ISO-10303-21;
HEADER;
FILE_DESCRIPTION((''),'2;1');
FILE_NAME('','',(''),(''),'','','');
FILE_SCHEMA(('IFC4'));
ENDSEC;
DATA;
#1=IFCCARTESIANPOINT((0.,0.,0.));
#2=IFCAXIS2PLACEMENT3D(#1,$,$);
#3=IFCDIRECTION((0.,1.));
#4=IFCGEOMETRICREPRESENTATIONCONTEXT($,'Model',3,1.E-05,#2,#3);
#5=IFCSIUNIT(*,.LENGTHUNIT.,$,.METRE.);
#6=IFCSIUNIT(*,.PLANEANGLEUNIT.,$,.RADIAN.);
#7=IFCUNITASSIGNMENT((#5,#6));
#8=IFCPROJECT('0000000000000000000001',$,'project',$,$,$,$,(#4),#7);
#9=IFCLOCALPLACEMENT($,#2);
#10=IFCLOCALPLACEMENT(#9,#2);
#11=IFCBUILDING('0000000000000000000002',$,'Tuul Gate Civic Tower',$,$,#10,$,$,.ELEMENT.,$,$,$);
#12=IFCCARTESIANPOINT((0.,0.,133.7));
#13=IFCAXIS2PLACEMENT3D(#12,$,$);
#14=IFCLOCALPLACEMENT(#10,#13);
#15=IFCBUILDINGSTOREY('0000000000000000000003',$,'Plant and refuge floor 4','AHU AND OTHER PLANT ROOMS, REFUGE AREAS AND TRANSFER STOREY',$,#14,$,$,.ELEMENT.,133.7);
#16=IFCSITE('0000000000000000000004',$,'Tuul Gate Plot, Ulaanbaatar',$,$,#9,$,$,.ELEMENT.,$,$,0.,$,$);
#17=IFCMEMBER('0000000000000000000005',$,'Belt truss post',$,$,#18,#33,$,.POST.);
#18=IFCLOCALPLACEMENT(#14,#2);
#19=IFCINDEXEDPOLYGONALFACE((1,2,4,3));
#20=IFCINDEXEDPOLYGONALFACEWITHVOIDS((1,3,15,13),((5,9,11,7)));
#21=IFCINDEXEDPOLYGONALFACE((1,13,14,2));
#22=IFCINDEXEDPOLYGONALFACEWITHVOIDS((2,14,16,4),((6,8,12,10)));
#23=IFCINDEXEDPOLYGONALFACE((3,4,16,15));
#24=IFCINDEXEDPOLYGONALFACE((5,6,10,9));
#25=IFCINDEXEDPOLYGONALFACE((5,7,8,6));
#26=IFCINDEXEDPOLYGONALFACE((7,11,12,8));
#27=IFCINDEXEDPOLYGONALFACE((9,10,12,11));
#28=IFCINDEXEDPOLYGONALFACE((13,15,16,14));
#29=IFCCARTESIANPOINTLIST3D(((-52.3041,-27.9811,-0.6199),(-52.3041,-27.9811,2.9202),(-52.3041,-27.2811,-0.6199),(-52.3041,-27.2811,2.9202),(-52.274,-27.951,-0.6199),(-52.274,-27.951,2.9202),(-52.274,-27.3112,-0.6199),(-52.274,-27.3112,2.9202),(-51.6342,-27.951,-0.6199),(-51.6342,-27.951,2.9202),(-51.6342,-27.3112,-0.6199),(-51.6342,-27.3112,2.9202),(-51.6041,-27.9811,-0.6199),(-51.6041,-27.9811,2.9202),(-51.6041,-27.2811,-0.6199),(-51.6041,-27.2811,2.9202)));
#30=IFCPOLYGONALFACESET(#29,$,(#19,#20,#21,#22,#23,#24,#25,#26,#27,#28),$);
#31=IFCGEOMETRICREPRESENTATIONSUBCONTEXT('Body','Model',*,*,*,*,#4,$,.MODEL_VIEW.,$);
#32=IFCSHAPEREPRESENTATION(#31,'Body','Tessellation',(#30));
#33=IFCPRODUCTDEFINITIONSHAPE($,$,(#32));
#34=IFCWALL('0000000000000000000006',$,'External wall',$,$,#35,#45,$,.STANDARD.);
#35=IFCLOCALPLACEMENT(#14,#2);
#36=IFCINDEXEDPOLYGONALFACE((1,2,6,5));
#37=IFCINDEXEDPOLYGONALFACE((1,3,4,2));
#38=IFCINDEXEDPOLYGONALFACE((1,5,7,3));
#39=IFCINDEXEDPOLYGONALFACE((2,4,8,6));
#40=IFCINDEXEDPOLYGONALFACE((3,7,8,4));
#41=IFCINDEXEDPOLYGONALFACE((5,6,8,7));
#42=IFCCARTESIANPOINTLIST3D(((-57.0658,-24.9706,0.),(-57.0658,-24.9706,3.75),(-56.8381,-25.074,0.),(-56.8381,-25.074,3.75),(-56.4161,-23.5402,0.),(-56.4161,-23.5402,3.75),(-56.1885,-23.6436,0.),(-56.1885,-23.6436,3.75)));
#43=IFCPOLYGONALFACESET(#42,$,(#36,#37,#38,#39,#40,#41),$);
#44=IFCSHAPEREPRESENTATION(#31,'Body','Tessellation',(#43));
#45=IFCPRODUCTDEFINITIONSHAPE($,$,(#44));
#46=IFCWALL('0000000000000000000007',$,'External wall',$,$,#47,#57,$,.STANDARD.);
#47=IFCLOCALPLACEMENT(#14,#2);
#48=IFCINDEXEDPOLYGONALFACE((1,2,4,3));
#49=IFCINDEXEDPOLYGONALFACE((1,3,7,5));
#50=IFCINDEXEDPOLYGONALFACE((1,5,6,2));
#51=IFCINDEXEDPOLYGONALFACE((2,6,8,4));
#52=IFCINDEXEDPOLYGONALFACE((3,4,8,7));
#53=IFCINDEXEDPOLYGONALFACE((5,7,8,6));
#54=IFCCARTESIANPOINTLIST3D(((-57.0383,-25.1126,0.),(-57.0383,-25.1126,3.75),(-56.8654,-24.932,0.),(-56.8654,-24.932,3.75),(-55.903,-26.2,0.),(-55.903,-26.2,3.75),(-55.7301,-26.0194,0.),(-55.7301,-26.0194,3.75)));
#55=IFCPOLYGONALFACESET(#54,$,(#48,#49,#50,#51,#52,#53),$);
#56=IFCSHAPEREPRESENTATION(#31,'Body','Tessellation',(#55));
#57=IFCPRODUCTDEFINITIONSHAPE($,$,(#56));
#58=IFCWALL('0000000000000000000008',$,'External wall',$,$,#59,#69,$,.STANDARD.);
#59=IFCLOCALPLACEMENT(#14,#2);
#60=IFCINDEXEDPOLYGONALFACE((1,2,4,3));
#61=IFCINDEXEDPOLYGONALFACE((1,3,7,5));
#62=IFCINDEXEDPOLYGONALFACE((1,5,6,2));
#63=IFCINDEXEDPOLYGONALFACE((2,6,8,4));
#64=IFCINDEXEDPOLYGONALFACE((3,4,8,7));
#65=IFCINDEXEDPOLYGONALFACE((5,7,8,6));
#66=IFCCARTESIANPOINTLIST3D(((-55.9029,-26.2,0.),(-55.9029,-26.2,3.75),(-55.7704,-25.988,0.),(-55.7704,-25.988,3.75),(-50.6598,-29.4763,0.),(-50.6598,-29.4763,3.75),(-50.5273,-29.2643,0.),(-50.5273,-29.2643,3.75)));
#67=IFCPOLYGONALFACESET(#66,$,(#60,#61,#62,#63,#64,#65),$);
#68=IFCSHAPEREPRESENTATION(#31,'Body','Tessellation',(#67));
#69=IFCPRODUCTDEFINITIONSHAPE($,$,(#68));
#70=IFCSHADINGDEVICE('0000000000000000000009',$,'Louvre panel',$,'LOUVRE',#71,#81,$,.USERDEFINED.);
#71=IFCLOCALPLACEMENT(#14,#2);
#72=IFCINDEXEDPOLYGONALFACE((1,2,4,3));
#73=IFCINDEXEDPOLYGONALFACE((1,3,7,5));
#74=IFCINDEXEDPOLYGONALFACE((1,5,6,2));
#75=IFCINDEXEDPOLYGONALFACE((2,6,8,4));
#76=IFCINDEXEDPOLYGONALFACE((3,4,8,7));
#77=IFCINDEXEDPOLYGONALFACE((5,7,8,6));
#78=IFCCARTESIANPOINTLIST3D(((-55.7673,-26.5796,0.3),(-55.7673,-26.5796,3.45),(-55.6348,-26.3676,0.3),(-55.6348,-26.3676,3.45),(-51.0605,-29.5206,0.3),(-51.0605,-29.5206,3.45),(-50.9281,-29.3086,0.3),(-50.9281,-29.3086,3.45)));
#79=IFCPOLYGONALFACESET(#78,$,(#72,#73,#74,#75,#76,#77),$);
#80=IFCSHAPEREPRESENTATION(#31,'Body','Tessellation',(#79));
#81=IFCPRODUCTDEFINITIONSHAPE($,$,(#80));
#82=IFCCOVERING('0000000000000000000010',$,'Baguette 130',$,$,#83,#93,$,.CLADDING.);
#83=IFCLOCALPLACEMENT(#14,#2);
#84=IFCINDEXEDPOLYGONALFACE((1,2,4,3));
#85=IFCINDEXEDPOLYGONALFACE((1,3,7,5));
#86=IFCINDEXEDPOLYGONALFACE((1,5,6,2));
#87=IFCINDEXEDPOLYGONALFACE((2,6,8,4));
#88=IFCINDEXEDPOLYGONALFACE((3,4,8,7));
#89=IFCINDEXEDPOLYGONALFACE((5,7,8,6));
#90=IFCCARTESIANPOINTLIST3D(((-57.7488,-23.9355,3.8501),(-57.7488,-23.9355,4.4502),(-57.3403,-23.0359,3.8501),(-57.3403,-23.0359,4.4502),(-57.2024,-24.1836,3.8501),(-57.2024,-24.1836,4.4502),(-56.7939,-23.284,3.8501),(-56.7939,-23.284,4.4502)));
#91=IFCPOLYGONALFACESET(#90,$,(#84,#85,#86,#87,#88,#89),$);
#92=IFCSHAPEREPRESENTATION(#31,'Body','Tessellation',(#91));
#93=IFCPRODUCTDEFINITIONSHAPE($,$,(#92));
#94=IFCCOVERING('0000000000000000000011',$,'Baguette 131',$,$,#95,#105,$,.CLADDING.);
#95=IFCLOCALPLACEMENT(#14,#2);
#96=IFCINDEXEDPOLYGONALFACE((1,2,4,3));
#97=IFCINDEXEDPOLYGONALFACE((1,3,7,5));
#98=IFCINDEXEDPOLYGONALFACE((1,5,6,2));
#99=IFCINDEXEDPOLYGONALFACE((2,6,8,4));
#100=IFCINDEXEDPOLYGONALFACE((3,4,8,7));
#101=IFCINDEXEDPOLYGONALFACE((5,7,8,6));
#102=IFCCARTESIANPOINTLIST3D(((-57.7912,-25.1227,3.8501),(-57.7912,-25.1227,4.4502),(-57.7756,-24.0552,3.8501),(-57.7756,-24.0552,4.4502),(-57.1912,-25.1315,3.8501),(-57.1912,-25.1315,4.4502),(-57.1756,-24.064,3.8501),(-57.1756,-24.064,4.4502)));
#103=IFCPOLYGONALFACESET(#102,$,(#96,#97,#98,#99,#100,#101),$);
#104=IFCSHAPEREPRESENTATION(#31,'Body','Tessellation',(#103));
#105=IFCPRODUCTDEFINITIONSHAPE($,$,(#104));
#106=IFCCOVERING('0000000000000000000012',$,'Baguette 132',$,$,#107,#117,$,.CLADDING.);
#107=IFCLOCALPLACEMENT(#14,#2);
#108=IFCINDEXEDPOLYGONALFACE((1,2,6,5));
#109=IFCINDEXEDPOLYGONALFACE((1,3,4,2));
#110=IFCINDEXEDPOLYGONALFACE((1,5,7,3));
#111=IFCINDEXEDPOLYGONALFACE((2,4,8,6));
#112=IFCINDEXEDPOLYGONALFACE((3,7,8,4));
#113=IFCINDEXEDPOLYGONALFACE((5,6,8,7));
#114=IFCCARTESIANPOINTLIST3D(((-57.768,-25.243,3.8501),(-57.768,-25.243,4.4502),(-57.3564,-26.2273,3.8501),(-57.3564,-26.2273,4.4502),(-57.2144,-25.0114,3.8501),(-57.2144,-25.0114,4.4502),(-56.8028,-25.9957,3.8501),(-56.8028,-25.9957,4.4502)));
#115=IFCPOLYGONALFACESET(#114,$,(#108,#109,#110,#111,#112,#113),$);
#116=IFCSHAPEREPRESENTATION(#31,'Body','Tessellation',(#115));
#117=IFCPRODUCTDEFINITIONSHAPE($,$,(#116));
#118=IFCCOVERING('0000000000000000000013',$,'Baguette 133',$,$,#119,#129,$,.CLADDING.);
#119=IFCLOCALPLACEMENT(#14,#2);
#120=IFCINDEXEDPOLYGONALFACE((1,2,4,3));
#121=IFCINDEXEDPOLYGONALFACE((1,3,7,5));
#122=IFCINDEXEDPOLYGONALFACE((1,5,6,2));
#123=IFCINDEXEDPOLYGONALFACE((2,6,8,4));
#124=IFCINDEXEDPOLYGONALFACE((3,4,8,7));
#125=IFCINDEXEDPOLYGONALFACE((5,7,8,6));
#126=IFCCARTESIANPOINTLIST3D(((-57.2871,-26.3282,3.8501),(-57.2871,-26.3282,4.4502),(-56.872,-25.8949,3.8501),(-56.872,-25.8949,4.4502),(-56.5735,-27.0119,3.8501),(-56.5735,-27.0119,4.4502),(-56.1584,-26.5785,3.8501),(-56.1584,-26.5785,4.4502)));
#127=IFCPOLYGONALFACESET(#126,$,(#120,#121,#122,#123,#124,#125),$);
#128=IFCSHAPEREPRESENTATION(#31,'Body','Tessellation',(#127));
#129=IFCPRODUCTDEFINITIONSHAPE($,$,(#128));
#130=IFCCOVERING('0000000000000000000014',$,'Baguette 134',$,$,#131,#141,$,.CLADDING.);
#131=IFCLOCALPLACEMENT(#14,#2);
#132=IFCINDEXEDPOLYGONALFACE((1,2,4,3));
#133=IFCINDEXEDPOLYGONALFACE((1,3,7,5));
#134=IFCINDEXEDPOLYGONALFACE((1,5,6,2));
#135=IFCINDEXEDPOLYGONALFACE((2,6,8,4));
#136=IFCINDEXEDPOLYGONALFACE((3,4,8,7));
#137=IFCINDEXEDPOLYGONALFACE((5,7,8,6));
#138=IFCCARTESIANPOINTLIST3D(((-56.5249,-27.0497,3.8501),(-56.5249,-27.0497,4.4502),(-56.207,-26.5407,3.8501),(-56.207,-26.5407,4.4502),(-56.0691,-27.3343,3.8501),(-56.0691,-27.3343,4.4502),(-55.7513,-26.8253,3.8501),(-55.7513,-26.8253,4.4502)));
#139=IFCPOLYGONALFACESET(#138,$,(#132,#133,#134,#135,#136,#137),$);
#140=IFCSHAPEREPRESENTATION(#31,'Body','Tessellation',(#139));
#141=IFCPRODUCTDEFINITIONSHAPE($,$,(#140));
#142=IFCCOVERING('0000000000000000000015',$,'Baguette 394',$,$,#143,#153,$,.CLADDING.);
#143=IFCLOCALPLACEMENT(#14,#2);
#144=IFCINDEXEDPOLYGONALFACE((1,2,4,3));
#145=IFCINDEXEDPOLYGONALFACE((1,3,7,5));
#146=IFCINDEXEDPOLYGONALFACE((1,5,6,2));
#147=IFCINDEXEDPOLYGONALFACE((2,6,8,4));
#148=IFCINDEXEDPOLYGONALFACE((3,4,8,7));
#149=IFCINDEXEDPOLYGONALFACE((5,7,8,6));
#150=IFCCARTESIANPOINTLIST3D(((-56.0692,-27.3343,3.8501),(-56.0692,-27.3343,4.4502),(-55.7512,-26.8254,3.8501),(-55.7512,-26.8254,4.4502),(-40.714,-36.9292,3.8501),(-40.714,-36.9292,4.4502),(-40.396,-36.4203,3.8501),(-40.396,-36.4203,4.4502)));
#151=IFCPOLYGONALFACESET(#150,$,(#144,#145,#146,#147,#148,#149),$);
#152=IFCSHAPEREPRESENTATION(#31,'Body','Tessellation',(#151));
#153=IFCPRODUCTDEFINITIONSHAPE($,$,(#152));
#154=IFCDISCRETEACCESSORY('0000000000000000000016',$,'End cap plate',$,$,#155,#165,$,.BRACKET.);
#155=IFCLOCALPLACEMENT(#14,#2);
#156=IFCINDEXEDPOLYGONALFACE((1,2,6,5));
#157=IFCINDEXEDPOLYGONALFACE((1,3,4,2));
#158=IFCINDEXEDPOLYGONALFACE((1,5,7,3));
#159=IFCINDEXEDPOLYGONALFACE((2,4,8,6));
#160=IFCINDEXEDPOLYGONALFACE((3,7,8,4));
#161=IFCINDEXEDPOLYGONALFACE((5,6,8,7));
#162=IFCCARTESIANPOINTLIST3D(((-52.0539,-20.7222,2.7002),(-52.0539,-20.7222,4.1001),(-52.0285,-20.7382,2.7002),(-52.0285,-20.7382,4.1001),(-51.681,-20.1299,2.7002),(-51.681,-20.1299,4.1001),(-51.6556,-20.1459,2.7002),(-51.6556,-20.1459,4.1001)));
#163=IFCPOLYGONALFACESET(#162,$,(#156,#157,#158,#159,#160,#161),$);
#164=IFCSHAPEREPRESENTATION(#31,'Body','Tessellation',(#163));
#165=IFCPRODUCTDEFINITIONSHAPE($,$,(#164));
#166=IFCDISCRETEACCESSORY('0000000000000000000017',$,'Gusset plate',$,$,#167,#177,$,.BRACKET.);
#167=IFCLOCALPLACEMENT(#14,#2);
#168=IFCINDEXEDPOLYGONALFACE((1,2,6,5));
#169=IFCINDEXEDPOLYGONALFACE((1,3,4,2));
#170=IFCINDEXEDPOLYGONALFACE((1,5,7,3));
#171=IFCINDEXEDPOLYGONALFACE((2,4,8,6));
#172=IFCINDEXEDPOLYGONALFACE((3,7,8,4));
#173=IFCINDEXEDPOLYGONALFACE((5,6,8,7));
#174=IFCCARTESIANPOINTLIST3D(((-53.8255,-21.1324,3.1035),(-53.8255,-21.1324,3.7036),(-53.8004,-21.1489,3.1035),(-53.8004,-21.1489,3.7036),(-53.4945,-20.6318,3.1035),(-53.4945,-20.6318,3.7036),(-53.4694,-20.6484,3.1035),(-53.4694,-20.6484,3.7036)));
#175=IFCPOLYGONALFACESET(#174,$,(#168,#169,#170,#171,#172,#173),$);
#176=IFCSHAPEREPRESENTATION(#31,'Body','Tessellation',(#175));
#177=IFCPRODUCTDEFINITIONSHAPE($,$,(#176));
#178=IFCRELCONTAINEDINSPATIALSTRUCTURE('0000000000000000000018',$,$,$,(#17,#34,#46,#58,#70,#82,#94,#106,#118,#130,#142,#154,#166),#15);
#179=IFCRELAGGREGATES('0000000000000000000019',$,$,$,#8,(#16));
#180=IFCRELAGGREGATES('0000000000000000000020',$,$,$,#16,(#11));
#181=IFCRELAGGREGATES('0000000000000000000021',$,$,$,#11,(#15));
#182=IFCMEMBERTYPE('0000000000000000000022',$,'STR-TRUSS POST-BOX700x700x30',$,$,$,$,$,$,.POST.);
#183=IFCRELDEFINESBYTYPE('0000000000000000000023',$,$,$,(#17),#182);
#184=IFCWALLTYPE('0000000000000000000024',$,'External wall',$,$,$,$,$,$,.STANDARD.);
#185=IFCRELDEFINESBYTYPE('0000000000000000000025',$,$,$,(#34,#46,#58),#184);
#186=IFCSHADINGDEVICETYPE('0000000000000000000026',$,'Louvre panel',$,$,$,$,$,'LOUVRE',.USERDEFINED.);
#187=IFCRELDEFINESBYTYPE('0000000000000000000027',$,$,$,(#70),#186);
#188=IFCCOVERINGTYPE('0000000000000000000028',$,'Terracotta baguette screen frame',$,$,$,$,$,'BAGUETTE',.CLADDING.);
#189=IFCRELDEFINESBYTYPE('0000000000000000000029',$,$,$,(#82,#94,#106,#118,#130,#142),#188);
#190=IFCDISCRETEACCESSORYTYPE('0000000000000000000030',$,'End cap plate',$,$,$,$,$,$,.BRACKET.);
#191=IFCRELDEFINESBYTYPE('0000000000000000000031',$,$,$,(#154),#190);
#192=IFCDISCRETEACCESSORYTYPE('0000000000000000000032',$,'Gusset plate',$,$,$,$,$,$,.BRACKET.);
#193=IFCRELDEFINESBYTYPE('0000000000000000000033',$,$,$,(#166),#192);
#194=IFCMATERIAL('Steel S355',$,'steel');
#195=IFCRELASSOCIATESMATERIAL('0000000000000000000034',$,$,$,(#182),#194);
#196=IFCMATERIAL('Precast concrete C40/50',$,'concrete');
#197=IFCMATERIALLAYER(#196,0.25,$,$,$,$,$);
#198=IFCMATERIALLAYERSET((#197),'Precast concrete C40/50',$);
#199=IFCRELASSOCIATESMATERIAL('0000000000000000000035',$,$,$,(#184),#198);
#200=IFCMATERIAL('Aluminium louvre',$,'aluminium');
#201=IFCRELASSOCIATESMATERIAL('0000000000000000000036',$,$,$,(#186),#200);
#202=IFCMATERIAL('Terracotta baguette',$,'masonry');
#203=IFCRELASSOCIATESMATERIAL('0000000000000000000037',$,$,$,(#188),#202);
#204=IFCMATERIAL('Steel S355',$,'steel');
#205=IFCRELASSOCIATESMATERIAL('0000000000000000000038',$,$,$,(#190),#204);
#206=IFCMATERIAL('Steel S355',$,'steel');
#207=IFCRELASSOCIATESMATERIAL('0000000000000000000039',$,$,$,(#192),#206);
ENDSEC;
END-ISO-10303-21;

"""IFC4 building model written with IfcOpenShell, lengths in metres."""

from ifc_helpers import new_model, si_unit, direction, frame, frame_2d, origin, origin_2d, place, context, subcontext, project, spatial, rectangle, hollow_rectangle, extrude, material, layer, layer_set, material_profile, profile_set, type_object, element, save


model = new_model("IFC4")

# Units and contexts
model_context = context("Model", 3, precision=1e-05, world=origin(), true_north=direction((0.0, 1.0)))
body_context = subcontext(model_context, "Body", "Model", "MODEL_VIEW")
ifc_project = project(units=[si_unit("LENGTHUNIT", "METRE"), si_unit("PLANEANGLEUNIT", "RADIAN")], contexts=[model_context])

# Site, building, storey
site_placement = place(None, origin())
site = spatial("IfcSite", under=ifc_project, at=site_placement, Name="Tuul Gate Plot, Ulaanbaatar", CompositionType="ELEMENT", RefElevation=0.0)
building_placement = place(site_placement, origin())
building = spatial("IfcBuilding", under=site, at=building_placement, Name="Tuul Gate Civic Tower", CompositionType="ELEMENT")
storey_placement = place(building_placement, frame((0.0, 0.0, 133.7)))
storey = spatial("IfcBuildingStorey", under=building, at=storey_placement, Name="Plant and refuge floor 4", Description="AHU AND OTHER PLANT ROOMS, REFUGE AREAS AND TRANSFER STOREY", CompositionType="ELEMENT", Elevation=133.7)

# Member
ifc_material_1 = material(Name="Steel S355", Category="steel")
ifc_material_profile_1 = material_profile(ifc_material_1, hollow_rectangle(XDim=0.7, YDim=0.7, WallThickness=0.03, at=origin_2d()), Name="BOX700x700x30")
ifc_profile_set_1 = profile_set([ifc_material_profile_1], Name="Steel S355")
member_type_1 = type_object("IfcMemberType", Name="STR-TRUSS POST-BOX700x700x30", PredefinedType="POST", material=ifc_profile_set_1)
for number, where, z_axis, x_axis, name in (
    (1, (-51.9541, -27.6311, -0.6199), (0.0, 0.0, 1.0), (1.0, 0.0, 0.0), "Belt truss post"),
):
    element("IfcMember", number, at=place(storey_placement, frame(where, z_axis=z_axis, x_axis=x_axis)), inside=storey, type_object=member_type_1, Name=name, PredefinedType="POST", context=body_context, shape_type="SweptSolid", body=[
        extrude(hollow_rectangle(XDim=0.7, YDim=0.7, WallThickness=0.03, at=origin_2d()), origin(), (0.0, 0.0, 1.0), 3.54),
    ])

# Walls
ifc_material_2 = material(Name="Precast concrete C40/50", Category="concrete")
ifc_layer = layer(ifc_material_2, 0.25)
ifc_layer_set = layer_set([ifc_layer], Name="Precast concrete C40/50")
wall_type = type_object("IfcWallType", Name="External wall", PredefinedType="STANDARD", material=ifc_layer_set)
wall_1_placement = place(storey_placement, frame((-56.3022, -23.5918, 0.0), z_axis=(0.0, 0.0, 1.0), x_axis=(-0.413522, -0.910494, 0.0)))
element("IfcWall", 2, at=wall_1_placement, inside=storey, type_object=wall_type, Name="External wall", PredefinedType="STANDARD", context=body_context, shape_type="SweptSolid", body=[
    extrude(rectangle(XDim=1.571, YDim=0.25, at=frame_2d((0.7856, 0.0))), origin(), (0.0, 0.0, 1.0), 3.75),
])
wall_2_placement = place(storey_placement, frame((-56.9519, -25.0222, 0.0), z_axis=(0.0, 0.0, 1.0), x_axis=(0.722163, -0.691723, 0.0)))
element("IfcWall", 3, at=wall_2_placement, inside=storey, type_object=wall_type, Name="External wall", PredefinedType="STANDARD", context=body_context, shape_type="SweptSolid", body=[
    extrude(rectangle(XDim=1.572, YDim=0.25, at=frame_2d((0.7861, 0.0))), origin(), (0.0, 0.0, 1.0), 3.75),
])
wall_3_placement = place(storey_placement, frame((-55.8367, -26.094, 0.0), z_axis=(0.0, 0.0, 1.0), x_axis=(0.848043, -0.529928, 0.0)))
element("IfcWall", 4, at=wall_3_placement, inside=storey, type_object=wall_type, Name="External wall", PredefinedType="STANDARD", context=body_context, shape_type="SweptSolid", body=[
    extrude(rectangle(XDim=6.1826, YDim=0.25, at=frame_2d((3.0913, 0.0))), origin(), (0.0, 0.0, 1.0), 3.75),
])

# Shading device
ifc_material_3 = material(Name="Aluminium louvre", Category="aluminium")
shading_device_type = type_object("IfcShadingDeviceType", Name="Louvre panel", ElementType="LOUVRE", PredefinedType="USERDEFINED", material=ifc_material_3)
shading_device_placement = place(storey_placement, frame((-53.3477, -27.9441, 0.3), z_axis=(0.0, 0.0, 1.0), x_axis=(-0.529912, -0.848053, 0.0)))
element("IfcShadingDevice", 5, at=shading_device_placement, inside=storey, type_object=shading_device_type, Name="Louvre panel", ObjectType="LOUVRE", PredefinedType="USERDEFINED", context=body_context, shape_type="SweptSolid", body=[
    extrude(rectangle(XDim=0.25, YDim=5.55, at=origin_2d()), origin(), (0.0, 0.0, 1.0), 3.1499),
])

# Coverings
ifc_material_4 = material(Name="Terracotta baguette", Category="masonry")
ifc_material_profile_2 = material_profile(ifc_material_4, rectangle(XDim=0.6001, YDim=0.6001, at=origin_2d()), Name="Terracotta baguette screen frame")
ifc_profile_set_2 = profile_set([ifc_material_profile_2], Name="Terracotta baguette")
covering_type = type_object("IfcCoveringType", Name="Terracotta baguette screen frame", ElementType="BAGUETTE", PredefinedType="CLADDING", material=ifc_profile_set_2)
covering_1_placement = place(storey_placement, frame((-57.0671, -23.1599, 4.1501), z_axis=(-0.413393, -0.910553, 0.0), x_axis=(0.910553, -0.413393, 0.0)))
element("IfcCovering", 6, at=covering_1_placement, inside=storey, type_object=covering_type, Name="Baguette 130", PredefinedType="CLADDING", context=body_context, shape_type="SweptSolid", body=[
    extrude(rectangle(XDim=0.6001, YDim=0.6001, at=origin_2d()), origin(), (0.0, 0.0, 1.0), 0.988),
])
covering_2_placement = place(storey_placement, frame((-57.4756, -24.0596, 4.1501), z_axis=(-0.014634, -0.999893, 0.0), x_axis=(0.999893, -0.014634, 0.0)))
element("IfcCovering", 7, at=covering_2_placement, inside=storey, type_object=covering_type, Name="Baguette 131", PredefinedType="CLADDING", context=body_context, shape_type="SweptSolid", body=[
    extrude(rectangle(XDim=0.6001, YDim=0.6001, at=origin_2d()), origin(), (0.0, 0.0, 1.0), 1.0676),
])
covering_3_placement = place(storey_placement, frame((-57.4912, -25.1272, 4.1501), z_axis=(0.385785, -0.922589, 0.0), x_axis=(0.922589, 0.385785, 0.0)))
element("IfcCovering", 8, at=covering_3_placement, inside=storey, type_object=covering_type, Name="Baguette 132", PredefinedType="CLADDING", context=body_context, shape_type="SweptSolid", body=[
    extrude(rectangle(XDim=0.6001, YDim=0.6001, at=origin_2d()), origin(), (0.0, 0.0, 1.0), 1.0669),
])
covering_4_placement = place(storey_placement, frame((-57.0796, -26.1116, 4.1501), z_axis=(0.722137, -0.69175, 0.0), x_axis=(0.69175, 0.722137, 0.0)))
element("IfcCovering", 9, at=covering_4_placement, inside=storey, type_object=covering_type, Name="Baguette 133", PredefinedType="CLADDING", context=body_context, shape_type="SweptSolid", body=[
    extrude(rectangle(XDim=0.6001, YDim=0.6001, at=origin_2d()), origin(), (0.0, 0.0, 1.0), 0.9883),
])
covering_5_placement = place(storey_placement, frame((-56.366, -26.7952, 4.1501), z_axis=(0.848177, -0.529713, 0.0), x_axis=(0.529713, 0.848177, 0.0)))
element("IfcCovering", 10, at=covering_5_placement, inside=storey, type_object=covering_type, Name="Baguette 134", PredefinedType="CLADDING", context=body_context, shape_type="SweptSolid", body=[
    extrude(rectangle(XDim=0.6001, YDim=0.6001, at=origin_2d()), origin(), (0.0, 0.0, 1.0), 0.5374),
])
covering_6_placement = place(storey_placement, frame((-55.9102, -27.0798, 4.1501), z_axis=(0.848049, -0.529918, 0.0), x_axis=(0.529918, 0.848049, 0.0)))
element("IfcCovering", 11, at=covering_6_placement, inside=storey, type_object=covering_type, Name="Baguette 394", PredefinedType="CLADDING", context=body_context, shape_type="SweptSolid", body=[
    extrude(rectangle(XDim=0.6001, YDim=0.6001, at=origin_2d()), origin(), (0.0, 0.0, 1.0), 18.1064),
])

# Discrete accessories
ifc_material_5 = material(Name="Steel S355", Category="steel")
discrete_accessory_type_1 = type_object("IfcDiscreteAccessoryType", Name="End cap plate", PredefinedType="BRACKET", material=ifc_material_5)
discrete_accessory_1_placement = place(storey_placement, frame((-51.8547, -20.4341, 2.7002), z_axis=(0.0, 0.0, 1.0), x_axis=(0.84622, -0.532834, 0.0)))
element("IfcDiscreteAccessory", 12, at=discrete_accessory_1_placement, inside=storey, type_object=discrete_accessory_type_1, Name="End cap plate", PredefinedType="BRACKET", context=body_context, shape_type="SweptSolid", body=[
    extrude(rectangle(XDim=0.03, YDim=0.7, at=origin_2d()), origin(), (0.0, 0.0, 1.0), 1.3999),
])
ifc_material_6 = material(Name="Steel S355", Category="steel")
discrete_accessory_type_2 = type_object("IfcDiscreteAccessoryType", Name="Gusset plate", PredefinedType="BRACKET", material=ifc_material_6)
discrete_accessory_2_placement = place(storey_placement, frame((-53.6475, -20.8904, 3.1035), z_axis=(0.0, 0.0, 1.0), x_axis=(0.551598, 0.83411, 0.0)))
element("IfcDiscreteAccessory", 13, at=discrete_accessory_2_placement, inside=storey, type_object=discrete_accessory_type_2, Name="Gusset plate", PredefinedType="BRACKET", context=body_context, shape_type="SweptSolid", body=[
    extrude(rectangle(XDim=0.6001, YDim=0.03, at=origin_2d()), origin(), (0.0, 0.0, 1.0), 0.6001),
])

save(model, "model.ifc")
